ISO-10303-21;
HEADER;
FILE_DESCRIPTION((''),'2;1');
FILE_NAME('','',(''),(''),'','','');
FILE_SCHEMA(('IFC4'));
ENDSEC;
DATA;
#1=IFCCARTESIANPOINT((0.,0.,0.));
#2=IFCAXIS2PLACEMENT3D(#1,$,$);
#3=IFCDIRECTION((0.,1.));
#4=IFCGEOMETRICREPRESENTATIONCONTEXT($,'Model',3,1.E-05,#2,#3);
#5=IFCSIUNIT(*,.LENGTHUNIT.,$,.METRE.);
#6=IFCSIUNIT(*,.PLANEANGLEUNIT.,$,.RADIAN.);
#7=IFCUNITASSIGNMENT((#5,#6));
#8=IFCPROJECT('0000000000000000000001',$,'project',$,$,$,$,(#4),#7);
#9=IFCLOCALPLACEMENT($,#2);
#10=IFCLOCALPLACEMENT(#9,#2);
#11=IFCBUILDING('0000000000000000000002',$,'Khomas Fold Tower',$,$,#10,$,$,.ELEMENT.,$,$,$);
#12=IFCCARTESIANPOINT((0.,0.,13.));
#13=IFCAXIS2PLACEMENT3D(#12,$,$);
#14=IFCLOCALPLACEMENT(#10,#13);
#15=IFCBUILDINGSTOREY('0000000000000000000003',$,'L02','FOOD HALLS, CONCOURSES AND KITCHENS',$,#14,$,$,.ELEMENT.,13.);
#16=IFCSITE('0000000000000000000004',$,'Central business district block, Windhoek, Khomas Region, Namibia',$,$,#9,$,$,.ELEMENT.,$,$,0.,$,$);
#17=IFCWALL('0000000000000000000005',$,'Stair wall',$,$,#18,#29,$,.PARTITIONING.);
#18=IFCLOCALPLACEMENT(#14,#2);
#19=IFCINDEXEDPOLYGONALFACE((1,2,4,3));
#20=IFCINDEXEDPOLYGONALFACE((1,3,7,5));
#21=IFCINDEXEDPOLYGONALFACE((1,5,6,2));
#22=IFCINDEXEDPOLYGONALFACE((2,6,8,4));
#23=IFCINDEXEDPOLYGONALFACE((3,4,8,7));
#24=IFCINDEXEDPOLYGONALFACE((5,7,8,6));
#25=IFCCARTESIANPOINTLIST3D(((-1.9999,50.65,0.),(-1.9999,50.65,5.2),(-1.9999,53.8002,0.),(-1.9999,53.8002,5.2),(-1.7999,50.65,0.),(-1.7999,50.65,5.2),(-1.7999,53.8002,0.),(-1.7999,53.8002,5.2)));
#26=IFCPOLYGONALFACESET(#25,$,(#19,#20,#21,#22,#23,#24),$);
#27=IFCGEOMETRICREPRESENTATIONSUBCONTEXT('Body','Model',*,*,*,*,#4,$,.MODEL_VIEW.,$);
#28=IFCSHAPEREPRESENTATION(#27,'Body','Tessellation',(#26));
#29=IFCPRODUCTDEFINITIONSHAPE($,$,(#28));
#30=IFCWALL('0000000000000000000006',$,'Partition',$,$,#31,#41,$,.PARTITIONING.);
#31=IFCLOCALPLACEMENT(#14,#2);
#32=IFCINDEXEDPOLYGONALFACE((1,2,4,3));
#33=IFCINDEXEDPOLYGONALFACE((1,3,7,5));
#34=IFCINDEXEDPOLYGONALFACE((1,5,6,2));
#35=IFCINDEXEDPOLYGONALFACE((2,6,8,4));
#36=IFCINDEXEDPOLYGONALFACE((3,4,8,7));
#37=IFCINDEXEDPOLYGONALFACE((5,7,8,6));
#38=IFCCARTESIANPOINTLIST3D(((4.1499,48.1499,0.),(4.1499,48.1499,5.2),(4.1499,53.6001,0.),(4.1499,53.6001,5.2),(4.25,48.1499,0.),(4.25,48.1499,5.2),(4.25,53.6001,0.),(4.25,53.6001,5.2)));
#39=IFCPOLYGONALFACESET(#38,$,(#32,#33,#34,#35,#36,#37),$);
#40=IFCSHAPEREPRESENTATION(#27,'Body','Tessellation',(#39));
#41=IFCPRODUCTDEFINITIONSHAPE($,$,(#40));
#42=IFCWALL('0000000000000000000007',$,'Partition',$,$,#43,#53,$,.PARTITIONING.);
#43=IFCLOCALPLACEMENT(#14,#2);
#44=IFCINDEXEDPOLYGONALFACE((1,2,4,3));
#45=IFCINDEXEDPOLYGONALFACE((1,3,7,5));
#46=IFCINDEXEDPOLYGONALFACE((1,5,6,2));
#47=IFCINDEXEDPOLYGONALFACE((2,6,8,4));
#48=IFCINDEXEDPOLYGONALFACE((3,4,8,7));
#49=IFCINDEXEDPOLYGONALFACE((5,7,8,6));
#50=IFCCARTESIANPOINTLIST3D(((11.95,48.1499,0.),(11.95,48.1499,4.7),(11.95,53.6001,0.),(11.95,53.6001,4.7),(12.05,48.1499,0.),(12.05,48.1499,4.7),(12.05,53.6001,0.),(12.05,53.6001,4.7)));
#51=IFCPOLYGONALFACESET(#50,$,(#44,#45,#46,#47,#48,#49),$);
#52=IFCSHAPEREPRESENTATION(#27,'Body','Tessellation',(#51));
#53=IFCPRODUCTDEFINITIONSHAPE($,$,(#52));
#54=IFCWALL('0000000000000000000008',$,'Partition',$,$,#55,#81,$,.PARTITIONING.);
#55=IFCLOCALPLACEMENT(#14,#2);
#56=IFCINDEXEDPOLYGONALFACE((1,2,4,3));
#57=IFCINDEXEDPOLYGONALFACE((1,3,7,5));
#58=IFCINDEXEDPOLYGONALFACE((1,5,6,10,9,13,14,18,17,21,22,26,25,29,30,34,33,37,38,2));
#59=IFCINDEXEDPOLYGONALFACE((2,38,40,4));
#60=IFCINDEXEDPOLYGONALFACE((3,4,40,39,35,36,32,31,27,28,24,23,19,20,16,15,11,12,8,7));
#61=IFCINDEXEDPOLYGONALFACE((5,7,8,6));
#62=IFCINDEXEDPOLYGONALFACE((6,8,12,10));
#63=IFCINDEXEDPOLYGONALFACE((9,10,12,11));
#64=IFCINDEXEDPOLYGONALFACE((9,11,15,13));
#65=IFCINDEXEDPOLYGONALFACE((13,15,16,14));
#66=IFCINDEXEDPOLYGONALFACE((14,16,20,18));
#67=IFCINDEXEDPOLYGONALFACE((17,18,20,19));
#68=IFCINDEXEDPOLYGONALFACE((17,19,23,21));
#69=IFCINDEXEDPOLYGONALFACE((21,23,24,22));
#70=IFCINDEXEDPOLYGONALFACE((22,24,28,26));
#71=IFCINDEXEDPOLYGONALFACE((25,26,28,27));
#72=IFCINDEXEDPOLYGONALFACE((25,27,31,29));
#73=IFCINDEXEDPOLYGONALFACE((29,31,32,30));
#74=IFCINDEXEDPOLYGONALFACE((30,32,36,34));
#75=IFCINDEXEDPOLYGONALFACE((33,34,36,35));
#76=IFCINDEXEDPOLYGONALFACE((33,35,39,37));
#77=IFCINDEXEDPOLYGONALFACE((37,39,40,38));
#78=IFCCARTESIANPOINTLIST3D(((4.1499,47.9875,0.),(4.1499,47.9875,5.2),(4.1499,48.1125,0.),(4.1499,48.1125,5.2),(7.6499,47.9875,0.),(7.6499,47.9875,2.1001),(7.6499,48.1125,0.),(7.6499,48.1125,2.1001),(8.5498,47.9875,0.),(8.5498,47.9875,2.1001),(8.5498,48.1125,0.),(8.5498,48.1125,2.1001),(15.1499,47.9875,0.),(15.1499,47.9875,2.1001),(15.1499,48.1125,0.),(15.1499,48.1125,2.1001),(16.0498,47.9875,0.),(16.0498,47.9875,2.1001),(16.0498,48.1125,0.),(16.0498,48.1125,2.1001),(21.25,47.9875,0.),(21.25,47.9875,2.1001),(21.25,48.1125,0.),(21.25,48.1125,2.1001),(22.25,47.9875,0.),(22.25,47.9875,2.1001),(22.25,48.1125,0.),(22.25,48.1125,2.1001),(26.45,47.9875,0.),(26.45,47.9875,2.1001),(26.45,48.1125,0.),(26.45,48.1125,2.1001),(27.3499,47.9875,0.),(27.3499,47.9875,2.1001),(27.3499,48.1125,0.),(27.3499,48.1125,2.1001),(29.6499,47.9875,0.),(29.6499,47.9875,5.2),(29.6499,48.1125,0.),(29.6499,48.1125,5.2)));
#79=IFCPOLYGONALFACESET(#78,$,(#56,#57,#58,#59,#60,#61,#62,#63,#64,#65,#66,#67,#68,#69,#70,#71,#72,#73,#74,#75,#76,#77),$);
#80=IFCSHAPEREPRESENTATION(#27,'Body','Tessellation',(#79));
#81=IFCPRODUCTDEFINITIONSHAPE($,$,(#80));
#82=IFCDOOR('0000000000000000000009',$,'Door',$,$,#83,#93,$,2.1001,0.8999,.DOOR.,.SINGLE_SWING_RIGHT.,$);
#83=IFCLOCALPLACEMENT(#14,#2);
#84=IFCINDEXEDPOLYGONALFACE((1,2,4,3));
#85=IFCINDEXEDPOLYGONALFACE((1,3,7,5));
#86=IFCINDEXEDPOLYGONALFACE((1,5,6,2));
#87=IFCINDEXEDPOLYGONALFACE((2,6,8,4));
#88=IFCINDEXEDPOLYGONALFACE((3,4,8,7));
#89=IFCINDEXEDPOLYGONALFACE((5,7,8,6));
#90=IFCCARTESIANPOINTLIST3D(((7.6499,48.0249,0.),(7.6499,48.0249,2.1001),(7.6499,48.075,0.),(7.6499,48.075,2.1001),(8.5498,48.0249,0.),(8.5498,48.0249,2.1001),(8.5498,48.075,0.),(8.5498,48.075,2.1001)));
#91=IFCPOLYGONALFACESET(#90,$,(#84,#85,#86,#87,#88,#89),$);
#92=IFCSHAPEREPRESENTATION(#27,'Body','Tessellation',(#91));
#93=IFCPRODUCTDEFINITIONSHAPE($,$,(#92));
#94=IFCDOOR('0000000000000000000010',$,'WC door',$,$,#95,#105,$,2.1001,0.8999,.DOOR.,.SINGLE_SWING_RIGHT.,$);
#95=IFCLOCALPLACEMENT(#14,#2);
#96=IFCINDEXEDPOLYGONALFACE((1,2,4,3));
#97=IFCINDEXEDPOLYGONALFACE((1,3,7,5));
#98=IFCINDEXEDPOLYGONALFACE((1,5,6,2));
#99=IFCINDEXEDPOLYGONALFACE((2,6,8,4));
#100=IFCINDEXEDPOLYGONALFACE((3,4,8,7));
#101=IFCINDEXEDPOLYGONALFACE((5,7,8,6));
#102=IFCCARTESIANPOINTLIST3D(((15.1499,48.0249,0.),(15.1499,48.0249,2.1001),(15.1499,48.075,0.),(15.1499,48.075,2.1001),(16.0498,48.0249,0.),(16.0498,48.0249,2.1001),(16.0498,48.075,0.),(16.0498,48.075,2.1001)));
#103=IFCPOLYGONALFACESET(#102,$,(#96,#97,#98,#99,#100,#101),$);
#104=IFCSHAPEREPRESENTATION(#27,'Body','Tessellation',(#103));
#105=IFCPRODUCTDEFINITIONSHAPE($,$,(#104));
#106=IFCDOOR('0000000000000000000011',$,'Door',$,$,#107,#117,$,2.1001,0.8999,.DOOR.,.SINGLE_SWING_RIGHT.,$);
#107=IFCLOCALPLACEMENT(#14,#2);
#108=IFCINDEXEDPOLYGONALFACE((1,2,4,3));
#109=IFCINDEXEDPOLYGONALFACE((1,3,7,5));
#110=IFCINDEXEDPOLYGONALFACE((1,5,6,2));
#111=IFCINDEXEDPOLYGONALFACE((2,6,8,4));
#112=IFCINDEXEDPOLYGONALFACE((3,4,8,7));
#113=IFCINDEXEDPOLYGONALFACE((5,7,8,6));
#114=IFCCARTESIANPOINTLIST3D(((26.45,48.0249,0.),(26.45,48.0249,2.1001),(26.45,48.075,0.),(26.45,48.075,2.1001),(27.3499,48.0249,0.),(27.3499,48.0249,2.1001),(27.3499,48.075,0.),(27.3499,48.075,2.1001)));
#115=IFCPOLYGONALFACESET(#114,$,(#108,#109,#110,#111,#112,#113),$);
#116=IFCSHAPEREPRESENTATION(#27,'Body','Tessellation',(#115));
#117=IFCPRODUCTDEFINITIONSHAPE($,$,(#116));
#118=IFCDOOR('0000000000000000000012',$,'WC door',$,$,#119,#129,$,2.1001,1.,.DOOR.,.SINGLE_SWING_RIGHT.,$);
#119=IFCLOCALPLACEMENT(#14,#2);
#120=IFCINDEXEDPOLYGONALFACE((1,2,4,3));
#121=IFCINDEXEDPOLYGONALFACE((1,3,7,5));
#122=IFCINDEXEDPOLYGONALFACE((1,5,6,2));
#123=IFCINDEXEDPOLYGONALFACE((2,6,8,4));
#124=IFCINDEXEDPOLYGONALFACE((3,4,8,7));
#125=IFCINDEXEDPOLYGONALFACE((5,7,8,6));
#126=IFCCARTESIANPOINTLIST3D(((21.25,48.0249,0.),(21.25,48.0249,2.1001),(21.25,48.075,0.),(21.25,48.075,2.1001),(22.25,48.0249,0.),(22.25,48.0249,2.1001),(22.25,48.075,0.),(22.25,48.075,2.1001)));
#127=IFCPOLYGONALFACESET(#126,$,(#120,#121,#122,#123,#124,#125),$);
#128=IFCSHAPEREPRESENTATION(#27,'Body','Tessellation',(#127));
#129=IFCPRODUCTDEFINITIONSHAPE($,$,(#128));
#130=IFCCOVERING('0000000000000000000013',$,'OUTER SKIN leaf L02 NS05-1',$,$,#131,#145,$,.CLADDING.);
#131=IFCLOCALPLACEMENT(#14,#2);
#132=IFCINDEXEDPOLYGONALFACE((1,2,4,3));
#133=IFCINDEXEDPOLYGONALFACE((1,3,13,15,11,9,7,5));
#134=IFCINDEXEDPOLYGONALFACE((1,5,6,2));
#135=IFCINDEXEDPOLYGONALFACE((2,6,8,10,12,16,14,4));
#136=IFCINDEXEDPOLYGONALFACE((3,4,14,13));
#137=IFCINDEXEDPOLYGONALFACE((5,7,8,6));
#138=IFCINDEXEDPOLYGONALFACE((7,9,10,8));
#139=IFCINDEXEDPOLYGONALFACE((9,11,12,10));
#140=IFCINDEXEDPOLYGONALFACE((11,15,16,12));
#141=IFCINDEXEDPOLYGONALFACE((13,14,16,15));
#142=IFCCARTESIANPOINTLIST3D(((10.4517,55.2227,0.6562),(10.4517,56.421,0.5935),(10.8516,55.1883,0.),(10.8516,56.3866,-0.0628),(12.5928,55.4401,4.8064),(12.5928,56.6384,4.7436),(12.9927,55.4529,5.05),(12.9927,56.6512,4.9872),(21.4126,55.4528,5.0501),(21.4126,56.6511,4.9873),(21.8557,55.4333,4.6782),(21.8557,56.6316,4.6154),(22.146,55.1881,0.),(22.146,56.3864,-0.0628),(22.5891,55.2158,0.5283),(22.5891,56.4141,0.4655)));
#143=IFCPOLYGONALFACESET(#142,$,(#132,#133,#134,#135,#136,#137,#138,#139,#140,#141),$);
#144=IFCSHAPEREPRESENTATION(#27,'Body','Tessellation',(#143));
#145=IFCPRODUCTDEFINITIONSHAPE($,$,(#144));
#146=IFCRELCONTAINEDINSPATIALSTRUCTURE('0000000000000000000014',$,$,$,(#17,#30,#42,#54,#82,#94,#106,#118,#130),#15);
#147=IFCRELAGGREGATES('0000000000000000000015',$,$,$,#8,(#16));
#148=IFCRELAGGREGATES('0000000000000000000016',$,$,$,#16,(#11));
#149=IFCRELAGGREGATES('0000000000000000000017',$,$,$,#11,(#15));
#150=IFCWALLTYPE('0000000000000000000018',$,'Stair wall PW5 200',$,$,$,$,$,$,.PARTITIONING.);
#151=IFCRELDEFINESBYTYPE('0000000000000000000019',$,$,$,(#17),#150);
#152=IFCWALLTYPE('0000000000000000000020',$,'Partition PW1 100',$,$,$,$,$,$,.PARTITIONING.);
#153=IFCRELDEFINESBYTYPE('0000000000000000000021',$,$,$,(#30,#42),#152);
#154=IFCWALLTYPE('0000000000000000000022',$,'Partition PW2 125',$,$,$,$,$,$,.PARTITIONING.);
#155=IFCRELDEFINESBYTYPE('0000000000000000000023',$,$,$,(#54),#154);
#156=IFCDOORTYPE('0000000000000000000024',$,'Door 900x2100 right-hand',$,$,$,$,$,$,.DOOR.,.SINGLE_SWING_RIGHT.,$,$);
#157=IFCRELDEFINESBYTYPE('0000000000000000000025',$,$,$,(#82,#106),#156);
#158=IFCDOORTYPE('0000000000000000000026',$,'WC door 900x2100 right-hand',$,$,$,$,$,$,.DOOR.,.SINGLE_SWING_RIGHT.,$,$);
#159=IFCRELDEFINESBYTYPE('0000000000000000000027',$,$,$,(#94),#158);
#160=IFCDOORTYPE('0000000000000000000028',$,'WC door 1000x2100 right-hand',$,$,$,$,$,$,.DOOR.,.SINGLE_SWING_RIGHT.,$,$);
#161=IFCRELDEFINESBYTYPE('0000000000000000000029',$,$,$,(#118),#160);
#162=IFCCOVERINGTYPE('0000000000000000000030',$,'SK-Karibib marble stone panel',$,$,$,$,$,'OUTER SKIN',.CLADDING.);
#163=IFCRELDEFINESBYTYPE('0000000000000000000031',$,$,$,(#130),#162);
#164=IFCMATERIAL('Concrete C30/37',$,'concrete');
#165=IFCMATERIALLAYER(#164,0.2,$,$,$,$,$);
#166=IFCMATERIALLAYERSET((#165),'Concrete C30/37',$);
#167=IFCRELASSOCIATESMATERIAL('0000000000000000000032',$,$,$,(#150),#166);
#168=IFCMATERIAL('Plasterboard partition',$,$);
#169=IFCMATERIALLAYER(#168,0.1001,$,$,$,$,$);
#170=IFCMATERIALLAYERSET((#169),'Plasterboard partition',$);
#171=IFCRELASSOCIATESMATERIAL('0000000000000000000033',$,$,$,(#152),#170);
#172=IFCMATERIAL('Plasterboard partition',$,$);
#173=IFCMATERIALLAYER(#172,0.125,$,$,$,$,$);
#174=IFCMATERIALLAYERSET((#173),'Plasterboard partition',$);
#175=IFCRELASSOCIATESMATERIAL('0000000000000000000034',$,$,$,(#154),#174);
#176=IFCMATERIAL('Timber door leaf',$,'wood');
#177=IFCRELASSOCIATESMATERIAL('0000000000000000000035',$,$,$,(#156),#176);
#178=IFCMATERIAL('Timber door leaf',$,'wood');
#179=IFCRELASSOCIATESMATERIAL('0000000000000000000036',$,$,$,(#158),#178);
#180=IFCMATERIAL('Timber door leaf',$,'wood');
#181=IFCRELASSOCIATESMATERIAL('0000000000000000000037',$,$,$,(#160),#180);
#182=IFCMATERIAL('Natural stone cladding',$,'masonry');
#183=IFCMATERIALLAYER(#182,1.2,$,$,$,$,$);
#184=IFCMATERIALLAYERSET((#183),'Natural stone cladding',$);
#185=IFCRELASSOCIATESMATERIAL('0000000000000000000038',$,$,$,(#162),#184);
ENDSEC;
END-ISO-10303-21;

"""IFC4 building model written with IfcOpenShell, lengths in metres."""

from ifc_helpers import new_model, si_unit, direction, frame, frame_2d, origin, place, context, subcontext, project, spatial, polyline, rectangle, outline, extrude, source, transform, mapped, material, layer, layer_set, type_object, element, fill, save


model = new_model("IFC4")

# Units and contexts
model_context = context("Model", 3, precision=1e-05, world=origin(), true_north=direction((0.0, 1.0)))
body_context = subcontext(model_context, "Body", "Model", "MODEL_VIEW")
ifc_project = project(units=[si_unit("LENGTHUNIT", "METRE"), si_unit("PLANEANGLEUNIT", "RADIAN")], contexts=[model_context])

# Site, building, storey
site_placement = place(None, origin())
site = spatial("IfcSite", under=ifc_project, at=site_placement, Name="Central business district block, Windhoek, Khomas Region, Namibia", CompositionType="ELEMENT", RefElevation=0.0)
building_placement = place(site_placement, origin())
building = spatial("IfcBuilding", under=site, at=building_placement, Name="Khomas Fold Tower", CompositionType="ELEMENT")
storey_placement = place(building_placement, frame((0.0, 0.0, 13.0)))
storey = spatial("IfcBuildingStorey", under=building, at=storey_placement, Name="L02", Description="FOOD HALLS, CONCOURSES AND KITCHENS", CompositionType="ELEMENT", Elevation=13.0)

# Walls
ifc_material_1 = material(Name="Concrete C30/37", Category="concrete")
ifc_layer_1 = layer(ifc_material_1, 0.2)
ifc_layer_set_1 = layer_set([ifc_layer_1], Name="Concrete C30/37")
wall_type_1 = type_object("IfcWallType", Name="Stair wall PW5 200", PredefinedType="PARTITIONING", material=ifc_layer_set_1)
shared_shape_1 = source(origin(), body_context, "Body", "SweptSolid", [
    extrude(rectangle(XDim=3.1501, YDim=0.2, at=frame_2d((1.5752, 0.0))), origin(), (0.0, 0.0, 1.0), 5.2),
])
wall_1_placement = place(storey_placement, frame((-1.8999, 50.6499, 0.0), z_axis=(0.0, 0.0, 1.0), x_axis=(0.0, 1.0, 0.0)))
element("IfcWall", 1, at=wall_1_placement, inside=storey, type_object=wall_type_1, Name="Stair wall", PredefinedType="PARTITIONING", context=body_context, shape_type="MappedRepresentation", body=[
    mapped(shared_shape_1, transform((0.0, 0.0, 0.0))),
])
ifc_material_2 = material(Name="Plasterboard partition")
ifc_layer_2 = layer(ifc_material_2, 0.1001)
ifc_layer_set_2 = layer_set([ifc_layer_2], Name="Plasterboard partition")
wall_type_2 = type_object("IfcWallType", Name="Partition PW1 100", PredefinedType="PARTITIONING", material=ifc_layer_set_2)
shared_shape_2 = source(origin(), body_context, "Body", "SweptSolid", [
    extrude(rectangle(XDim=5.4502, YDim=0.1001, at=frame_2d((2.7251, 0.0))), origin(), (0.0, 0.0, 1.0), 5.2),
])
wall_2_placement = place(storey_placement, frame((4.2, 48.1499, 0.0), z_axis=(0.0, 0.0, 1.0), x_axis=(0.0, 1.0, 0.0)))
element("IfcWall", 2, at=wall_2_placement, inside=storey, type_object=wall_type_2, Name="Partition", PredefinedType="PARTITIONING", context=body_context, shape_type="MappedRepresentation", body=[
    mapped(shared_shape_2, transform((0.0, 0.0, 0.0))),
])
shared_shape_3 = source(origin(), body_context, "Body", "SweptSolid", [
    extrude(rectangle(XDim=5.4502, YDim=0.1001, at=frame_2d((2.7251, 0.0))), origin(), (0.0, 0.0, 1.0), 4.7),
])
wall_3_placement = place(storey_placement, frame((12.0, 48.1499, 0.0), z_axis=(0.0, 0.0, 1.0), x_axis=(0.0, 1.0, 0.0)))
element("IfcWall", 3, at=wall_3_placement, inside=storey, type_object=wall_type_2, Name="Partition", PredefinedType="PARTITIONING", context=body_context, shape_type="MappedRepresentation", body=[
    mapped(shared_shape_3, transform((0.0, 0.0, 0.0))),
])

# Wall, openings, doors
ifc_material_3 = material(Name="Plasterboard partition")
ifc_layer_3 = layer(ifc_material_3, 0.125)
ifc_layer_set_3 = layer_set([ifc_layer_3], Name="Plasterboard partition")
wall_type_3 = type_object("IfcWallType", Name="Partition PW2 125", PredefinedType="PARTITIONING", material=ifc_layer_set_3)
shared_shape_4 = source(origin(), body_context, "Body", "SweptSolid", [
    extrude(rectangle(XDim=25.5, YDim=0.125, at=frame_2d((12.75, 0.0))), origin(), (0.0, 0.0, 1.0), 5.2),
])
wall_4_placement = place(storey_placement, frame((4.1499, 48.05, 0.0), z_axis=(0.0, 0.0, 1.0), x_axis=(1.0, 0.0, 0.0)))
wall_4 = element("IfcWall", 4, at=wall_4_placement, inside=storey, type_object=wall_type_3, Name="Partition", PredefinedType="PARTITIONING", context=body_context, shape_type="MappedRepresentation", body=[
    mapped(shared_shape_4, transform((0.0, 0.0, 0.0))),
])
shared_shape_5 = source(origin(), body_context, "Body", "SweptSolid", [
    extrude(rectangle(XDim=0.8999, YDim=2.1001, at=frame_2d((0.45, 1.05))), frame((0.0, 0.0725, 0.0), z_axis=(0.0, -1.0, 0.0), x_axis=(1.0, 0.0, 0.0)), (0.0, 0.0, 1.0), 0.145),
])
opening_1_placement = place(wall_4_placement, frame((3.5, 0.0, 0.0)))
opening_1 = element("IfcOpeningElement", 5, at=opening_1_placement, cuts=wall_4, PredefinedType="OPENING", context=body_context, shape_type="MappedRepresentation", body=[
    mapped(shared_shape_5, transform((0.0, 0.0, 0.0))),
])
opening_2_placement = place(wall_4_placement, frame((11.0, 0.0, 0.0)))
opening_2 = element("IfcOpeningElement", 6, at=opening_2_placement, cuts=wall_4, PredefinedType="OPENING", context=body_context, shape_type="MappedRepresentation", body=[
    mapped(shared_shape_5, transform((0.0, 0.0, 0.0))),
])
shared_shape_6 = source(origin(), body_context, "Body", "SweptSolid", [
    extrude(rectangle(XDim=1.0, YDim=2.1001, at=frame_2d((0.5, 1.05))), frame((0.0, 0.0725, 0.0), z_axis=(0.0, -1.0, 0.0), x_axis=(1.0, 0.0, 0.0)), (0.0, 0.0, 1.0), 0.145),
])
opening_3_placement = place(wall_4_placement, frame((17.1001, 0.0, 0.0)))
opening_3 = element("IfcOpeningElement", 7, at=opening_3_placement, cuts=wall_4, PredefinedType="OPENING", context=body_context, shape_type="MappedRepresentation", body=[
    mapped(shared_shape_6, transform((0.0, 0.0, 0.0))),
])
opening_4_placement = place(wall_4_placement, frame((22.3, 0.0, 0.0)))
opening_4 = element("IfcOpeningElement", 8, at=opening_4_placement, cuts=wall_4, PredefinedType="OPENING", context=body_context, shape_type="MappedRepresentation", body=[
    mapped(shared_shape_5, transform((0.0, 0.0, 0.0))),
])
ifc_material_4 = material(Name="Timber door leaf", Category="wood")
door_type_1 = type_object("IfcDoorType", Name="Door 900x2100 right-hand", OperationType="SINGLE_SWING_RIGHT", PredefinedType="DOOR", material=ifc_material_4)
shared_shape_7 = source(origin(), body_context, "Body", "SweptSolid", [
    extrude(rectangle(XDim=0.8999, YDim=2.1001, at=frame_2d((0.45, 1.05))), frame((0.0, 0.0249, 0.0), z_axis=(0.0, -1.0, 0.0), x_axis=(1.0, 0.0, 0.0)), (0.0, 0.0, 1.0), 0.05),
])
door_1_placement = place(opening_1_placement, origin())
door_1 = element("IfcDoor", 9, at=door_1_placement, inside=storey, type_object=door_type_1, Name="Door", OperationType="SINGLE_SWING_RIGHT", OverallHeight=2.1001, OverallWidth=0.8999, PredefinedType="DOOR", context=body_context, shape_type="MappedRepresentation", body=[
    mapped(shared_shape_7, transform((0.0, 0.0, 0.0))),
])
fill(opening_1, door_1)
ifc_material_5 = material(Name="Timber door leaf", Category="wood")
door_type_2 = type_object("IfcDoorType", Name="WC door 900x2100 right-hand", OperationType="SINGLE_SWING_RIGHT", PredefinedType="DOOR", material=ifc_material_5)
door_2_placement = place(opening_2_placement, origin())
door_2 = element("IfcDoor", 10, at=door_2_placement, inside=storey, type_object=door_type_2, Name="WC door", OperationType="SINGLE_SWING_RIGHT", OverallHeight=2.1001, OverallWidth=0.8999, PredefinedType="DOOR", context=body_context, shape_type="MappedRepresentation", body=[
    mapped(shared_shape_7, transform((0.0, 0.0, 0.0))),
])
fill(opening_2, door_2)
door_3_placement = place(opening_4_placement, origin())
door_3 = element("IfcDoor", 11, at=door_3_placement, inside=storey, type_object=door_type_1, Name="Door", OperationType="SINGLE_SWING_RIGHT", OverallHeight=2.1001, OverallWidth=0.8999, PredefinedType="DOOR", context=body_context, shape_type="MappedRepresentation", body=[
    mapped(shared_shape_7, transform((0.0, 0.0, 0.0))),
])
fill(opening_4, door_3)
ifc_material_6 = material(Name="Timber door leaf", Category="wood")
door_type_3 = type_object("IfcDoorType", Name="WC door 1000x2100 right-hand", OperationType="SINGLE_SWING_RIGHT", PredefinedType="DOOR", material=ifc_material_6)
shared_shape_8 = source(origin(), body_context, "Body", "SweptSolid", [
    extrude(rectangle(XDim=1.0, YDim=2.1001, at=frame_2d((0.5, 1.05))), frame((0.0, 0.0249, 0.0), z_axis=(0.0, -1.0, 0.0), x_axis=(1.0, 0.0, 0.0)), (0.0, 0.0, 1.0), 0.05),
])
door_4_placement = place(opening_3_placement, origin())
door_4 = element("IfcDoor", 12, at=door_4_placement, inside=storey, type_object=door_type_3, Name="WC door", OperationType="SINGLE_SWING_RIGHT", OverallHeight=2.1001, OverallWidth=1.0, PredefinedType="DOOR", context=body_context, shape_type="MappedRepresentation", body=[
    mapped(shared_shape_8, transform((0.0, 0.0, 0.0))),
])
fill(opening_3, door_4)

# Covering
ifc_material_7 = material(Name="Natural stone cladding", Category="masonry")
ifc_layer_4 = layer(ifc_material_7, 1.2)
ifc_layer_set_4 = layer_set([ifc_layer_4], Name="Natural stone cladding")
covering_type = type_object("IfcCoveringType", Name="SK-Karibib marble stone panel", ElementType="OUTER SKIN", PredefinedType="CLADDING", material=ifc_layer_set_4)
covering_placement = place(storey_placement, frame((10.4517, 55.2227, 0.6562), z_axis=(-0.000011, -0.99863, 0.052335), x_axis=(0.457994, 0.046518, 0.887737)))
element("IfcCovering", 13, at=covering_placement, inside=storey, type_object=covering_type, Name="OUTER SKIN leaf L02 NS05-1", PredefinedType="CLADDING", context=body_context, shape_type="SweptSolid", body=[
    extrude(outline(polyline([(0.0, 0.0), (4.675, 0.0), (5.075, -0.2438), (8.9313, -7.7287), (8.8032, -8.2931), (5.445, -10.8483), (4.7718, -10.6967), (-0.401, -0.6565), (0.0, 0.0)])), origin(), (0.0, 0.0, -1.0), 1.2),
])

save(model, "model.ifc")
